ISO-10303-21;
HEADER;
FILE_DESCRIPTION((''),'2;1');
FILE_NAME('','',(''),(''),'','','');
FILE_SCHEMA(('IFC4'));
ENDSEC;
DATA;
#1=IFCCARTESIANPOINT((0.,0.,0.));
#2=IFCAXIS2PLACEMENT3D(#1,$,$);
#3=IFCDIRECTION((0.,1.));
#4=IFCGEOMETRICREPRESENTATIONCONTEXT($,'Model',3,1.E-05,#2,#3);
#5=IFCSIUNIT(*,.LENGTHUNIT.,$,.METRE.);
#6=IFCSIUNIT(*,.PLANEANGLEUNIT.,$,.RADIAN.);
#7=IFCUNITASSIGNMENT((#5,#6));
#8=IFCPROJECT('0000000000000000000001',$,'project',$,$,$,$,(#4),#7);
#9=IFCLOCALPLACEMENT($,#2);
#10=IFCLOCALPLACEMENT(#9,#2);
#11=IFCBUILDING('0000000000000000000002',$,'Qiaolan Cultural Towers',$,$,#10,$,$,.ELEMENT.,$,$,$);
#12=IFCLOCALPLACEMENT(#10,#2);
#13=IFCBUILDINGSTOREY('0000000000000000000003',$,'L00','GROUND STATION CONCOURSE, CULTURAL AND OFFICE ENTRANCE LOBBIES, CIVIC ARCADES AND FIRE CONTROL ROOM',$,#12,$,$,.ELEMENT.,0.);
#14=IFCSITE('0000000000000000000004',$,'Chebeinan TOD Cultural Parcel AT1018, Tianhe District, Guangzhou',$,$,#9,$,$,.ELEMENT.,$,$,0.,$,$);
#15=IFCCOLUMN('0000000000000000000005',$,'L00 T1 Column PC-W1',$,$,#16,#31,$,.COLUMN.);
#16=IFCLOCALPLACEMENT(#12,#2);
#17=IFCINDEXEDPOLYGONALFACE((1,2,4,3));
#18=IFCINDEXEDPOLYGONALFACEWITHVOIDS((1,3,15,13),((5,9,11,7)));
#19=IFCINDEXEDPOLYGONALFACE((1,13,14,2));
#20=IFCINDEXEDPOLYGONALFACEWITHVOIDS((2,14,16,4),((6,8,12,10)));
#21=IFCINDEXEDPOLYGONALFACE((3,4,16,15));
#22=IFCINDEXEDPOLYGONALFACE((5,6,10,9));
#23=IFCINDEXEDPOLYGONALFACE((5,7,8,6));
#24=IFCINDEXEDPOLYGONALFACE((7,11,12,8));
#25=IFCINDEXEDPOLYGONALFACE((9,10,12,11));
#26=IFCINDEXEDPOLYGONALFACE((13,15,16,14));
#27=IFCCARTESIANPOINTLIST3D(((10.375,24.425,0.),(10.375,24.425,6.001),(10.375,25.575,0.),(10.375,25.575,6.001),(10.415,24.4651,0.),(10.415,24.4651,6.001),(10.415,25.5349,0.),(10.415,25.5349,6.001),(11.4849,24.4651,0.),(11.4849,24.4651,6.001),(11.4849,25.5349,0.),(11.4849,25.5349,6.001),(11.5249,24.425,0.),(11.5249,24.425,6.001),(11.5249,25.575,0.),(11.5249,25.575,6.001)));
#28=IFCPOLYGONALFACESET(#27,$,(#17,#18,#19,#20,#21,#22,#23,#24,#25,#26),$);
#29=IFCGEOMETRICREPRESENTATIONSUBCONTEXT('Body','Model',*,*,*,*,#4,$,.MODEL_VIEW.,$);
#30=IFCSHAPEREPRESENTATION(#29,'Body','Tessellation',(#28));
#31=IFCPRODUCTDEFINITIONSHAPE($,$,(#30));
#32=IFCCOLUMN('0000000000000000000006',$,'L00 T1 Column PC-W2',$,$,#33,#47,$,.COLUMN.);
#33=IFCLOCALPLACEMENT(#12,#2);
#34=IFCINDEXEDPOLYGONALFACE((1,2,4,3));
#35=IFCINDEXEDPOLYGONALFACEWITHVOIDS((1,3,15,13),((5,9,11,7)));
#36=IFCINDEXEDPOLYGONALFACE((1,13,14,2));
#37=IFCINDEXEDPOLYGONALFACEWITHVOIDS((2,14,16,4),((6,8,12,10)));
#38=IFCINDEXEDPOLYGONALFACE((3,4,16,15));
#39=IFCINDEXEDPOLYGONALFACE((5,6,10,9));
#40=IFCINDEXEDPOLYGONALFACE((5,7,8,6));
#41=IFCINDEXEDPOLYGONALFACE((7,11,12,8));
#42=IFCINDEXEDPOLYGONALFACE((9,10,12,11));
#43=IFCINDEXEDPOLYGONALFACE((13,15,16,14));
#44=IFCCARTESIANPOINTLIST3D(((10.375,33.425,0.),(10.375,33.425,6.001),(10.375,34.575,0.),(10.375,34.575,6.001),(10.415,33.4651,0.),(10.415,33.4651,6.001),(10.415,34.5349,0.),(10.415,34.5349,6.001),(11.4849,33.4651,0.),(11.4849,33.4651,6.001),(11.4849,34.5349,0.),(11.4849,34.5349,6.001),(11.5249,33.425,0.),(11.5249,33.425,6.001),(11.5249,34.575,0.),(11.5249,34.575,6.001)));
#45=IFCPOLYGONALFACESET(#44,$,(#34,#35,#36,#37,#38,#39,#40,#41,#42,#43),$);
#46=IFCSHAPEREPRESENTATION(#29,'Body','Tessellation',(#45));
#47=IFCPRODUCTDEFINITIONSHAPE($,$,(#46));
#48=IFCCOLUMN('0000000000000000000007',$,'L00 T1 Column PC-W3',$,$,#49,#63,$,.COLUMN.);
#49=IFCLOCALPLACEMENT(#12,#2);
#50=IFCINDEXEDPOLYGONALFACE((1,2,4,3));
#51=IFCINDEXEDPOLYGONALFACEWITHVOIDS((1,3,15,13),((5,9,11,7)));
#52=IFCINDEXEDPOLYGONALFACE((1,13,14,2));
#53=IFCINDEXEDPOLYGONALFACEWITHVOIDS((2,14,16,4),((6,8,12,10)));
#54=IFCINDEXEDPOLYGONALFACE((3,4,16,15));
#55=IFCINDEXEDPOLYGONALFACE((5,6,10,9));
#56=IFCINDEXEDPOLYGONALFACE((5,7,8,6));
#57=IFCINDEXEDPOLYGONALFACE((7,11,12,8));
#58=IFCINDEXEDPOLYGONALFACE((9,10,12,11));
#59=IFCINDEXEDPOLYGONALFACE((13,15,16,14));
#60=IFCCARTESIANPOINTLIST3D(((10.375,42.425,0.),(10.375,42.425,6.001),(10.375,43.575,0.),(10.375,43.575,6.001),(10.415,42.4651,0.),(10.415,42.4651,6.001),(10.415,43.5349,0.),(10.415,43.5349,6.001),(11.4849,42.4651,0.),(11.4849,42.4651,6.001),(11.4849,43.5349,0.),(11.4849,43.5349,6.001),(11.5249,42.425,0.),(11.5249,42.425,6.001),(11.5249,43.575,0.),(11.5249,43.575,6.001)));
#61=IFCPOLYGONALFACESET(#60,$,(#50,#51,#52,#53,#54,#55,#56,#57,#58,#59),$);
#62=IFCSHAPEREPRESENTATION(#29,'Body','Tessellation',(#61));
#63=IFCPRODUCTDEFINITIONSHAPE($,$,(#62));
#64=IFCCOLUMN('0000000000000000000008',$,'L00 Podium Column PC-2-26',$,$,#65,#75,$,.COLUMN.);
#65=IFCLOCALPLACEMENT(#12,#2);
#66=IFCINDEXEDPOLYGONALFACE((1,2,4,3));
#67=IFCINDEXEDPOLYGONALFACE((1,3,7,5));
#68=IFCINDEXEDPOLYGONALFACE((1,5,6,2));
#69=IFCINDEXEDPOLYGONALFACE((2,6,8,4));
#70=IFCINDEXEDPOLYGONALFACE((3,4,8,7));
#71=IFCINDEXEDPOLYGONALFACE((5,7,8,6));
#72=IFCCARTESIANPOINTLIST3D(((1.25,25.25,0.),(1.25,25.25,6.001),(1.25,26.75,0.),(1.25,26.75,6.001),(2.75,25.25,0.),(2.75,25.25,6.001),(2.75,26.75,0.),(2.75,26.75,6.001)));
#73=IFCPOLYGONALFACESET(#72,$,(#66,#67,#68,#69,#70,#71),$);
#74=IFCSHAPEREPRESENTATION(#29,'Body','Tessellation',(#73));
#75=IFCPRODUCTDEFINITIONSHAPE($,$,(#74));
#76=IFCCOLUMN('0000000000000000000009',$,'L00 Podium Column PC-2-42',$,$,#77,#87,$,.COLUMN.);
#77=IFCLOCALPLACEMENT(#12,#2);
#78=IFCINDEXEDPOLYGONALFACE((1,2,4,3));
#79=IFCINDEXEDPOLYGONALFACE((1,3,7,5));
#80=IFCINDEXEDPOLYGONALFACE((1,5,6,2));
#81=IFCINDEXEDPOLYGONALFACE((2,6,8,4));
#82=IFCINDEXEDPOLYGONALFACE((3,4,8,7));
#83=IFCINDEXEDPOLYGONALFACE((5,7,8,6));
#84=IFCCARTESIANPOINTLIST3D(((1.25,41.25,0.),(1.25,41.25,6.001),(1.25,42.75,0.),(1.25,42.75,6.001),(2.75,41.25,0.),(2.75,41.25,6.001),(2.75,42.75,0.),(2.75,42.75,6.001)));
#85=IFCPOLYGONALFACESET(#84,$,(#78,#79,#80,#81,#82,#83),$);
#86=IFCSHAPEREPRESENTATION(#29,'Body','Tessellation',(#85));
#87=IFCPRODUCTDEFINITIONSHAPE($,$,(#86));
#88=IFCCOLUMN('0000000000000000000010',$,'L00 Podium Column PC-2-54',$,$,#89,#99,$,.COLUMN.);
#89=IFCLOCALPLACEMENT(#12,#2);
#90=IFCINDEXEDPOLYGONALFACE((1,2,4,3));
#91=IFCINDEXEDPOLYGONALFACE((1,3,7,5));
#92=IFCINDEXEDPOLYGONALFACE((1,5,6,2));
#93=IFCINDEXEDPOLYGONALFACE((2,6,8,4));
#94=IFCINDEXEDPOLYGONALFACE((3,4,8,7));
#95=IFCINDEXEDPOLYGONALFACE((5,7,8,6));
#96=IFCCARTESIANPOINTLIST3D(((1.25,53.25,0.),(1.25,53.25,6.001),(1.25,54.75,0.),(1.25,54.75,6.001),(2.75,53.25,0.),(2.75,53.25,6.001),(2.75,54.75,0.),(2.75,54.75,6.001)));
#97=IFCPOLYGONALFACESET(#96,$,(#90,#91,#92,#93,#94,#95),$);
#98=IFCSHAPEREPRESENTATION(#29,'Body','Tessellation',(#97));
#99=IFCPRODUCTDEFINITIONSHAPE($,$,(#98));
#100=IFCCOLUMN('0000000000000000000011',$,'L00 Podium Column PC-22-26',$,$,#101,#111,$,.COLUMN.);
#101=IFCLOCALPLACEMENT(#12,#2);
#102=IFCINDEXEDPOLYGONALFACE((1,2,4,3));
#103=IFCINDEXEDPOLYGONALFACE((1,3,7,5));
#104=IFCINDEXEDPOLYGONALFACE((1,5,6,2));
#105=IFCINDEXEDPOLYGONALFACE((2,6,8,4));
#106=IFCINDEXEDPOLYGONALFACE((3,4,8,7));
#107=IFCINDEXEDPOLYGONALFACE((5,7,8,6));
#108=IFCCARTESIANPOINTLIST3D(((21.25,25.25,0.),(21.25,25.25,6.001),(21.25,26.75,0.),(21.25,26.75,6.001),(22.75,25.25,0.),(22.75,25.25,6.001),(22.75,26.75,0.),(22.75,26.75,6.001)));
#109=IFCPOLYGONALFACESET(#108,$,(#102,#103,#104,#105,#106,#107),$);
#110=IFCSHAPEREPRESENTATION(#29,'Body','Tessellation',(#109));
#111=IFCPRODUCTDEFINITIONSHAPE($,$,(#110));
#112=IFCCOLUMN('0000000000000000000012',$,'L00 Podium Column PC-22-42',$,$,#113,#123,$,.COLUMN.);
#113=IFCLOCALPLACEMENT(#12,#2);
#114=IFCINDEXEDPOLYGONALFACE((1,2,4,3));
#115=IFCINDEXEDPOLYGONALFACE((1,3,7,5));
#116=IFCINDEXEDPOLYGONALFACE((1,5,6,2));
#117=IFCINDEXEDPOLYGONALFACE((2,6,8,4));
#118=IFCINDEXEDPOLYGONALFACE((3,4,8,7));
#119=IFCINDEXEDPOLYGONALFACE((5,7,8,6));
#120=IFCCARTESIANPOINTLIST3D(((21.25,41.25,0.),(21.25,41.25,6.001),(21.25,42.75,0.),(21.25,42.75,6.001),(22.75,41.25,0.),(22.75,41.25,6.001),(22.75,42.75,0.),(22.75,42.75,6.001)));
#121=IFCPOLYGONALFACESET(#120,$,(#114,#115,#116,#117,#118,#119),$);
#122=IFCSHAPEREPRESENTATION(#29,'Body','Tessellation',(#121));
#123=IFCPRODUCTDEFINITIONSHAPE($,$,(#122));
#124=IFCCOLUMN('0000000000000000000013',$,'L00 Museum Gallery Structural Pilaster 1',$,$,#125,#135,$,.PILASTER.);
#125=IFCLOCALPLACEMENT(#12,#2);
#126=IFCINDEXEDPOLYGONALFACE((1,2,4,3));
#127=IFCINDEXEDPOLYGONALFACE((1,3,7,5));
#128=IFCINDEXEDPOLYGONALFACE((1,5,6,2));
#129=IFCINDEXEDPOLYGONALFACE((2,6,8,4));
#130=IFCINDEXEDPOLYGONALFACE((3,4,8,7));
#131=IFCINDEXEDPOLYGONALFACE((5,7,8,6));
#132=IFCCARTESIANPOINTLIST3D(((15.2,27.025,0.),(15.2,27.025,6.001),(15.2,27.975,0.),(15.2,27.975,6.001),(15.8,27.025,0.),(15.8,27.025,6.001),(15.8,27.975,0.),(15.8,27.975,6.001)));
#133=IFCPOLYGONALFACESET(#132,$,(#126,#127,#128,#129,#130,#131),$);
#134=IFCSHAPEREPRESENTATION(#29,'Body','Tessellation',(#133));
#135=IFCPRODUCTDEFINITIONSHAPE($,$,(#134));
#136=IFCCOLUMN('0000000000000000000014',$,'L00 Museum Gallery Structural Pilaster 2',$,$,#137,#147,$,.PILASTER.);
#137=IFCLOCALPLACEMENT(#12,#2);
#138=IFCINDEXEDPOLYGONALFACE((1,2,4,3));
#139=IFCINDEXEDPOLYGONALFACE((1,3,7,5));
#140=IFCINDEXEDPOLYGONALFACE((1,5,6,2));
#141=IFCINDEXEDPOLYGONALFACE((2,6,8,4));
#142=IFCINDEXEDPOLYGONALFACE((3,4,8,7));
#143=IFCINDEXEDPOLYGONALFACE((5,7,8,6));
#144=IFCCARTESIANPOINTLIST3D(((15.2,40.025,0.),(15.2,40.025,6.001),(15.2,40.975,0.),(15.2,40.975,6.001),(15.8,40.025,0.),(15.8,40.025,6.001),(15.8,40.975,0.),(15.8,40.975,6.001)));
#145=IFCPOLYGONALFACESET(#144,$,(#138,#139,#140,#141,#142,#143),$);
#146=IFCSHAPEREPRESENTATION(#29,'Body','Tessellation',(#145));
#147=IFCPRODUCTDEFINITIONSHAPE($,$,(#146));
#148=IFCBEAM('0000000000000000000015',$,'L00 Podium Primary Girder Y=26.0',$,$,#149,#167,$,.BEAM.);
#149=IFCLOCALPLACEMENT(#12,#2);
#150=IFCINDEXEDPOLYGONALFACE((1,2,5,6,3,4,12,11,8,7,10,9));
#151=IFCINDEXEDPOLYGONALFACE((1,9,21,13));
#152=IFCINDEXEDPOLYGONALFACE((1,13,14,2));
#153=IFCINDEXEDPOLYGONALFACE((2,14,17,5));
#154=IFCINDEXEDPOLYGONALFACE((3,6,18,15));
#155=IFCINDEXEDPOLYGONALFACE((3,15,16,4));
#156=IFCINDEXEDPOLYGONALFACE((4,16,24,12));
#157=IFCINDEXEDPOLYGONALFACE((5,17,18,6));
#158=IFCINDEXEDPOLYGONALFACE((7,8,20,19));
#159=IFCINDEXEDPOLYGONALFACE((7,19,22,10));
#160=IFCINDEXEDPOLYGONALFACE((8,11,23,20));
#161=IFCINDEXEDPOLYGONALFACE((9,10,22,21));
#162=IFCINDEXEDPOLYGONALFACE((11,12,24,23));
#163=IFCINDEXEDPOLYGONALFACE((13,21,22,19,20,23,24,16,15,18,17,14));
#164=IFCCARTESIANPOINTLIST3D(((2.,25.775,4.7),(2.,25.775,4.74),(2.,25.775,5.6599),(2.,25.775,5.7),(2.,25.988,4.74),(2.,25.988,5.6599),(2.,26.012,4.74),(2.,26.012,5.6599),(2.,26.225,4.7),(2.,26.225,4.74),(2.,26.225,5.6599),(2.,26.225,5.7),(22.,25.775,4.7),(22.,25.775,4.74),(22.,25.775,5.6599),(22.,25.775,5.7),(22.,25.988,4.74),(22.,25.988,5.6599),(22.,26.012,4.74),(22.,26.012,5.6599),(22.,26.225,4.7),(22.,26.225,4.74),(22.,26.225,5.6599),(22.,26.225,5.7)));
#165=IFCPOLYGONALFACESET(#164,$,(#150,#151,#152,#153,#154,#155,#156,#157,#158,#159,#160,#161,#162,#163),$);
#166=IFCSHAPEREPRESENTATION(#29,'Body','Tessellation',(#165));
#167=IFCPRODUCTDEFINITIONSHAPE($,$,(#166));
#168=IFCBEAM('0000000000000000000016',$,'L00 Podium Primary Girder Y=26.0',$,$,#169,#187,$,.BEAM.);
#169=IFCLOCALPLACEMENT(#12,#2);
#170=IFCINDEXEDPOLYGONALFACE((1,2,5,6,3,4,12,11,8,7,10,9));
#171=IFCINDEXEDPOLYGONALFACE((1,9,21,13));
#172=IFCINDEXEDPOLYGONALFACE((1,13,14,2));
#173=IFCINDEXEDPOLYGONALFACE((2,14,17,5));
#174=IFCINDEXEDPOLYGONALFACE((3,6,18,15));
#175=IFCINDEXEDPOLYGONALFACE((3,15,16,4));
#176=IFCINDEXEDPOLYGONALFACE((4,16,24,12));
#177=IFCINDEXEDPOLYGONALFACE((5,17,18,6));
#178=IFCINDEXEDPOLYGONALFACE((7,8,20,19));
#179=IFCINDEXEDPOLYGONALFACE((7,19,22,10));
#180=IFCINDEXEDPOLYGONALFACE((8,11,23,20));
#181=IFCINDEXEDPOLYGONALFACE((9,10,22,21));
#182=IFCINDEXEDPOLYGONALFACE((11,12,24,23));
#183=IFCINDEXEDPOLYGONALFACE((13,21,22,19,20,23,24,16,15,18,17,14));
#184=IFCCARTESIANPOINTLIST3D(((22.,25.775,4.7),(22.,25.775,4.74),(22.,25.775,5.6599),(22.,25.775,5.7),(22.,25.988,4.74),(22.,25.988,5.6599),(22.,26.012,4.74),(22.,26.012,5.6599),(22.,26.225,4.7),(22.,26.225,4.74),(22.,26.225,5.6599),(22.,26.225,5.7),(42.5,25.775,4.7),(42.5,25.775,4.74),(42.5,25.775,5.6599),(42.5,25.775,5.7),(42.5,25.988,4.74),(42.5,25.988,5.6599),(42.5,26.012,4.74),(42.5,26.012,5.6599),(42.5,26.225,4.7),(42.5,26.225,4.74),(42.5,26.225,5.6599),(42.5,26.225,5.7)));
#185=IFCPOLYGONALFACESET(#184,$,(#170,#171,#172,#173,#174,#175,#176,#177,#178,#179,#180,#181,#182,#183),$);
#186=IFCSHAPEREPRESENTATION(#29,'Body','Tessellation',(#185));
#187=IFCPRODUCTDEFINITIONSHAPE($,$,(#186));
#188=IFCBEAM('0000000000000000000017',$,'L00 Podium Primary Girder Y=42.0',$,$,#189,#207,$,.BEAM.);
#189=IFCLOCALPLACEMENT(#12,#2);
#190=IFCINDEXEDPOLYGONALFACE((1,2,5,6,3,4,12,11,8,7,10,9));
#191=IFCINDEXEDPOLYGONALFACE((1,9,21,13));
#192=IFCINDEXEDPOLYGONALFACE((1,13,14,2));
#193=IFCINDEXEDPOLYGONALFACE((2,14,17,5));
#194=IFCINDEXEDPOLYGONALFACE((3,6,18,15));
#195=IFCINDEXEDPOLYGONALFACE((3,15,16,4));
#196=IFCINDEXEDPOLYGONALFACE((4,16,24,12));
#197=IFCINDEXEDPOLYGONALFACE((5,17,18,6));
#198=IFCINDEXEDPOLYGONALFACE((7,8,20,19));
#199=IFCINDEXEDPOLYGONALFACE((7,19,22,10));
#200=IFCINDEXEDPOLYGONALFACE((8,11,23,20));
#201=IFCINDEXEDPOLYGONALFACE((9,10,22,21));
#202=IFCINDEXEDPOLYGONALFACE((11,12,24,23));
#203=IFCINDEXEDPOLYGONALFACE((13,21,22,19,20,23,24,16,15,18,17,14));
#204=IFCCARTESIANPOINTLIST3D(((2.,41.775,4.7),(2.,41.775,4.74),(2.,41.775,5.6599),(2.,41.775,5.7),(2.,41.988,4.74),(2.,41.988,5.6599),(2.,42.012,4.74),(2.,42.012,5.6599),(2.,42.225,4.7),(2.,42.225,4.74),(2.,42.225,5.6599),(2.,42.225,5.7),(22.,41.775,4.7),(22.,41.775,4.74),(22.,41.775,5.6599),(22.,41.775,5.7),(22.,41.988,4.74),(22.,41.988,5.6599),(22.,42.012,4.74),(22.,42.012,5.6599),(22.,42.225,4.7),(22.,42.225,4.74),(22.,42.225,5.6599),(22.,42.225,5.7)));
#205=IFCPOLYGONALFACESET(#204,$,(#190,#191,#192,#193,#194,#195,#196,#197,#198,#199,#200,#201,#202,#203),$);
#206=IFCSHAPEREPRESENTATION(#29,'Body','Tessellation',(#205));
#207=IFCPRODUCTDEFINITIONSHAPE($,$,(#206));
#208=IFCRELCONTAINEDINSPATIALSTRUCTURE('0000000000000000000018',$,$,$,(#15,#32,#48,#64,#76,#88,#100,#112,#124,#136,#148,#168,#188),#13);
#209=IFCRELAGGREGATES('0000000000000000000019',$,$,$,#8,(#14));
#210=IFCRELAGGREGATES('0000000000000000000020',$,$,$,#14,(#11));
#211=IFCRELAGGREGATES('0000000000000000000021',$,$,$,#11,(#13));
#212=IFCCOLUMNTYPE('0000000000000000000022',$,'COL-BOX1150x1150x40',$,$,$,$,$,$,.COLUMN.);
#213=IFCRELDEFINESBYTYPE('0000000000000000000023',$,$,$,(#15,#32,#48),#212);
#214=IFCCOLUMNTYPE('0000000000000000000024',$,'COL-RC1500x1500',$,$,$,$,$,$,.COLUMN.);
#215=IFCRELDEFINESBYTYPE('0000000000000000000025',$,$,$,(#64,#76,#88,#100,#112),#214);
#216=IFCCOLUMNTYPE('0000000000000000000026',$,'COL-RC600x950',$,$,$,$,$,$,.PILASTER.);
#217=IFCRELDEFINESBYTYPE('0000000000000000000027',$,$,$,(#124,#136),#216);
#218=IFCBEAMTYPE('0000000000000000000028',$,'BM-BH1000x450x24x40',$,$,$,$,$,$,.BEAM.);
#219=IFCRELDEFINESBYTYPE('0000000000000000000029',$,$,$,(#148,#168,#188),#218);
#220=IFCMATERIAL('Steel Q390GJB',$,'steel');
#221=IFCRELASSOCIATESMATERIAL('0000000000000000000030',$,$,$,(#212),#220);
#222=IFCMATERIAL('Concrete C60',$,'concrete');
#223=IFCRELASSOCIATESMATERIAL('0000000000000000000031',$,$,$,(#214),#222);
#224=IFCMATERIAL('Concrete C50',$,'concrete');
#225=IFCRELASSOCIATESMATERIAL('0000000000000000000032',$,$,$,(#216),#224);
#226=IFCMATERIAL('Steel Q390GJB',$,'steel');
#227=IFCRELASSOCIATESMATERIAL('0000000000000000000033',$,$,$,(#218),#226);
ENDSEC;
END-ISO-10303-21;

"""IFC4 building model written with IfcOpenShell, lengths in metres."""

from ifc_helpers import new_model, si_unit, direction, frame, origin, origin_2d, place, context, subcontext, project, spatial, rectangle, hollow_rectangle, i_section, extrude, material, material_profile, profile_set, type_object, element, save


model = new_model("IFC4")

# Units and contexts
model_context = context("Model", 3, precision=1e-05, world=origin(), true_north=direction((0.0, 1.0)))
body_context = subcontext(model_context, "Body", "Model", "MODEL_VIEW")
ifc_project = project(units=[si_unit("LENGTHUNIT", "METRE"), si_unit("PLANEANGLEUNIT", "RADIAN")], contexts=[model_context])

# Site, building, storey
site_placement = place(None, origin())
site = spatial("IfcSite", under=ifc_project, at=site_placement, Name="Chebeinan TOD Cultural Parcel AT1018, Tianhe District, Guangzhou", CompositionType="ELEMENT", RefElevation=0.0)
building_placement = place(site_placement, origin())
building = spatial("IfcBuilding", under=site, at=building_placement, Name="Qiaolan Cultural Towers", CompositionType="ELEMENT")
storey_placement = place(building_placement, origin())
storey = spatial("IfcBuildingStorey", under=building, at=storey_placement, Name="L00", Description="GROUND STATION CONCOURSE, CULTURAL AND OFFICE ENTRANCE LOBBIES, CIVIC ARCADES AND FIRE CONTROL ROOM", CompositionType="ELEMENT", Elevation=0.0)

# Columns
ifc_material_1 = material(Name="Steel Q390GJB", Category="steel")
ifc_material_profile_1 = material_profile(ifc_material_1, hollow_rectangle(XDim=1.1499, YDim=1.1499, WallThickness=0.04, at=origin_2d()), Name="BOX1150x1150x40")
ifc_profile_set_1 = profile_set([ifc_material_profile_1], Name="Steel Q390GJB")
column_type_1 = type_object("IfcColumnType", Name="COL-BOX1150x1150x40", PredefinedType="COLUMN", material=ifc_profile_set_1)
for number, where, z_axis, x_axis, name in (
    (1, (10.95, 25.0, 0.0), (0.0, 0.0, 1.0), (1.0, 0.0, 0.0), "L00 T1 Column PC-W1"),
    (2, (10.95, 34.0, 0.0), (0.0, 0.0, 1.0), (1.0, 0.0, 0.0), "L00 T1 Column PC-W2"),
    (3, (10.95, 43.0, 0.0), (0.0, 0.0, 1.0), (1.0, 0.0, 0.0), "L00 T1 Column PC-W3"),
):
    element("IfcColumn", number, at=place(storey_placement, frame(where, z_axis=z_axis, x_axis=x_axis)), inside=storey, type_object=column_type_1, Name=name, PredefinedType="COLUMN", context=body_context, shape_type="SweptSolid", body=[
        extrude(hollow_rectangle(XDim=1.1499, YDim=1.1499, WallThickness=0.04, at=origin_2d()), origin(), (0.0, 0.0, 1.0), 6.001),
    ])
ifc_material_2 = material(Name="Concrete C60", Category="concrete")
ifc_material_profile_2 = material_profile(ifc_material_2, rectangle(XDim=1.5, YDim=1.5, at=origin_2d()), Name="RC1500x1500")
ifc_profile_set_2 = profile_set([ifc_material_profile_2], Name="Concrete C60")
column_type_2 = type_object("IfcColumnType", Name="COL-RC1500x1500", PredefinedType="COLUMN", material=ifc_profile_set_2)
for number, where, z_axis, x_axis, name in (
    (4, (2.0, 26.0, 0.0), (0.0, 0.0, 1.0), (1.0, 0.0, 0.0), "L00 Podium Column PC-2-26"),
    (5, (2.0, 42.0, 0.0), (0.0, 0.0, 1.0), (1.0, 0.0, 0.0), "L00 Podium Column PC-2-42"),
    (6, (2.0, 54.0, 0.0), (0.0, 0.0, 1.0), (1.0, 0.0, 0.0), "L00 Podium Column PC-2-54"),
    (7, (22.0, 26.0, 0.0), (0.0, 0.0, 1.0), (1.0, 0.0, 0.0), "L00 Podium Column PC-22-26"),
    (8, (22.0, 42.0, 0.0), (0.0, 0.0, 1.0), (1.0, 0.0, 0.0), "L00 Podium Column PC-22-42"),
):
    element("IfcColumn", number, at=place(storey_placement, frame(where, z_axis=z_axis, x_axis=x_axis)), inside=storey, type_object=column_type_2, Name=name, PredefinedType="COLUMN", context=body_context, shape_type="SweptSolid", body=[
        extrude(rectangle(XDim=1.5, YDim=1.5, at=origin_2d()), origin(), (0.0, 0.0, 1.0), 6.001),
    ])
ifc_material_3 = material(Name="Concrete C50", Category="concrete")
ifc_material_profile_3 = material_profile(ifc_material_3, rectangle(XDim=0.6001, YDim=0.95, at=origin_2d()), Name="RC600x950")
ifc_profile_set_3 = profile_set([ifc_material_profile_3], Name="Concrete C50")
column_type_3 = type_object("IfcColumnType", Name="COL-RC600x950", PredefinedType="PILASTER", material=ifc_profile_set_3)
for number, where, z_axis, x_axis, name in (
    (9, (15.5, 27.5, 0.0), (0.0, 0.0, 1.0), (1.0, 0.0, 0.0), "L00 Museum Gallery Structural Pilaster 1"),
    (10, (15.5, 40.5, 0.0), (0.0, 0.0, 1.0), (1.0, 0.0, 0.0), "L00 Museum Gallery Structural Pilaster 2"),
):
    element("IfcColumn", number, at=place(storey_placement, frame(where, z_axis=z_axis, x_axis=x_axis)), inside=storey, type_object=column_type_3, Name=name, PredefinedType="PILASTER", context=body_context, shape_type="SweptSolid", body=[
        extrude(rectangle(XDim=0.6001, YDim=0.95, at=origin_2d()), origin(), (0.0, 0.0, 1.0), 6.001),
    ])

# Beams
ifc_material_4 = material(Name="Steel Q390GJB", Category="steel")
ifc_material_profile_4 = material_profile(ifc_material_4, i_section(OverallWidth=0.45, OverallDepth=1.0, WebThickness=0.0239, FlangeThickness=0.04, at=origin_2d()), Name="BH1000x450x24x40")
ifc_profile_set_4 = profile_set([ifc_material_profile_4], Name="Steel Q390GJB")
beam_type_1 = type_object("IfcBeamType", Name="BM-BH1000x450x24x40", PredefinedType="BEAM", material=ifc_profile_set_4)
beam_1_placement = place(storey_placement, frame((2.0, 26.0, 5.2), z_axis=(1.0, 0.0, 0.0), x_axis=(0.0, 1.0, 0.0)))
element("IfcBeam", 11, at=beam_1_placement, inside=storey, type_object=beam_type_1, Name="L00 Podium Primary Girder Y=26.0", PredefinedType="BEAM", context=body_context, shape_type="SweptSolid", body=[
    extrude(i_section(OverallWidth=0.45, OverallDepth=1.0, WebThickness=0.0239, FlangeThickness=0.04, at=origin_2d()), origin(), (0.0, 0.0, 1.0), 20.0),
])
beam_2_placement = place(storey_placement, frame((22.0, 26.0, 5.2), z_axis=(1.0, 0.0, 0.0), x_axis=(0.0, 1.0, 0.0)))
element("IfcBeam", 12, at=beam_2_placement, inside=storey, type_object=beam_type_1, Name="L00 Podium Primary Girder Y=26.0", PredefinedType="BEAM", context=body_context, shape_type="SweptSolid", body=[
    extrude(i_section(OverallWidth=0.45, OverallDepth=1.0, WebThickness=0.0239, FlangeThickness=0.04, at=origin_2d()), origin(), (0.0, 0.0, 1.0), 20.5),
])
beam_3_placement = place(storey_placement, frame((2.0, 42.0, 5.2), z_axis=(1.0, 0.0, 0.0), x_axis=(0.0, 1.0, 0.0)))
element("IfcBeam", 13, at=beam_3_placement, inside=storey, type_object=beam_type_1, Name="L00 Podium Primary Girder Y=42.0", PredefinedType="BEAM", context=body_context, shape_type="SweptSolid", body=[
    extrude(i_section(OverallWidth=0.45, OverallDepth=1.0, WebThickness=0.0239, FlangeThickness=0.04, at=origin_2d()), origin(), (0.0, 0.0, 1.0), 20.0),
])

save(model, "model.ifc")
